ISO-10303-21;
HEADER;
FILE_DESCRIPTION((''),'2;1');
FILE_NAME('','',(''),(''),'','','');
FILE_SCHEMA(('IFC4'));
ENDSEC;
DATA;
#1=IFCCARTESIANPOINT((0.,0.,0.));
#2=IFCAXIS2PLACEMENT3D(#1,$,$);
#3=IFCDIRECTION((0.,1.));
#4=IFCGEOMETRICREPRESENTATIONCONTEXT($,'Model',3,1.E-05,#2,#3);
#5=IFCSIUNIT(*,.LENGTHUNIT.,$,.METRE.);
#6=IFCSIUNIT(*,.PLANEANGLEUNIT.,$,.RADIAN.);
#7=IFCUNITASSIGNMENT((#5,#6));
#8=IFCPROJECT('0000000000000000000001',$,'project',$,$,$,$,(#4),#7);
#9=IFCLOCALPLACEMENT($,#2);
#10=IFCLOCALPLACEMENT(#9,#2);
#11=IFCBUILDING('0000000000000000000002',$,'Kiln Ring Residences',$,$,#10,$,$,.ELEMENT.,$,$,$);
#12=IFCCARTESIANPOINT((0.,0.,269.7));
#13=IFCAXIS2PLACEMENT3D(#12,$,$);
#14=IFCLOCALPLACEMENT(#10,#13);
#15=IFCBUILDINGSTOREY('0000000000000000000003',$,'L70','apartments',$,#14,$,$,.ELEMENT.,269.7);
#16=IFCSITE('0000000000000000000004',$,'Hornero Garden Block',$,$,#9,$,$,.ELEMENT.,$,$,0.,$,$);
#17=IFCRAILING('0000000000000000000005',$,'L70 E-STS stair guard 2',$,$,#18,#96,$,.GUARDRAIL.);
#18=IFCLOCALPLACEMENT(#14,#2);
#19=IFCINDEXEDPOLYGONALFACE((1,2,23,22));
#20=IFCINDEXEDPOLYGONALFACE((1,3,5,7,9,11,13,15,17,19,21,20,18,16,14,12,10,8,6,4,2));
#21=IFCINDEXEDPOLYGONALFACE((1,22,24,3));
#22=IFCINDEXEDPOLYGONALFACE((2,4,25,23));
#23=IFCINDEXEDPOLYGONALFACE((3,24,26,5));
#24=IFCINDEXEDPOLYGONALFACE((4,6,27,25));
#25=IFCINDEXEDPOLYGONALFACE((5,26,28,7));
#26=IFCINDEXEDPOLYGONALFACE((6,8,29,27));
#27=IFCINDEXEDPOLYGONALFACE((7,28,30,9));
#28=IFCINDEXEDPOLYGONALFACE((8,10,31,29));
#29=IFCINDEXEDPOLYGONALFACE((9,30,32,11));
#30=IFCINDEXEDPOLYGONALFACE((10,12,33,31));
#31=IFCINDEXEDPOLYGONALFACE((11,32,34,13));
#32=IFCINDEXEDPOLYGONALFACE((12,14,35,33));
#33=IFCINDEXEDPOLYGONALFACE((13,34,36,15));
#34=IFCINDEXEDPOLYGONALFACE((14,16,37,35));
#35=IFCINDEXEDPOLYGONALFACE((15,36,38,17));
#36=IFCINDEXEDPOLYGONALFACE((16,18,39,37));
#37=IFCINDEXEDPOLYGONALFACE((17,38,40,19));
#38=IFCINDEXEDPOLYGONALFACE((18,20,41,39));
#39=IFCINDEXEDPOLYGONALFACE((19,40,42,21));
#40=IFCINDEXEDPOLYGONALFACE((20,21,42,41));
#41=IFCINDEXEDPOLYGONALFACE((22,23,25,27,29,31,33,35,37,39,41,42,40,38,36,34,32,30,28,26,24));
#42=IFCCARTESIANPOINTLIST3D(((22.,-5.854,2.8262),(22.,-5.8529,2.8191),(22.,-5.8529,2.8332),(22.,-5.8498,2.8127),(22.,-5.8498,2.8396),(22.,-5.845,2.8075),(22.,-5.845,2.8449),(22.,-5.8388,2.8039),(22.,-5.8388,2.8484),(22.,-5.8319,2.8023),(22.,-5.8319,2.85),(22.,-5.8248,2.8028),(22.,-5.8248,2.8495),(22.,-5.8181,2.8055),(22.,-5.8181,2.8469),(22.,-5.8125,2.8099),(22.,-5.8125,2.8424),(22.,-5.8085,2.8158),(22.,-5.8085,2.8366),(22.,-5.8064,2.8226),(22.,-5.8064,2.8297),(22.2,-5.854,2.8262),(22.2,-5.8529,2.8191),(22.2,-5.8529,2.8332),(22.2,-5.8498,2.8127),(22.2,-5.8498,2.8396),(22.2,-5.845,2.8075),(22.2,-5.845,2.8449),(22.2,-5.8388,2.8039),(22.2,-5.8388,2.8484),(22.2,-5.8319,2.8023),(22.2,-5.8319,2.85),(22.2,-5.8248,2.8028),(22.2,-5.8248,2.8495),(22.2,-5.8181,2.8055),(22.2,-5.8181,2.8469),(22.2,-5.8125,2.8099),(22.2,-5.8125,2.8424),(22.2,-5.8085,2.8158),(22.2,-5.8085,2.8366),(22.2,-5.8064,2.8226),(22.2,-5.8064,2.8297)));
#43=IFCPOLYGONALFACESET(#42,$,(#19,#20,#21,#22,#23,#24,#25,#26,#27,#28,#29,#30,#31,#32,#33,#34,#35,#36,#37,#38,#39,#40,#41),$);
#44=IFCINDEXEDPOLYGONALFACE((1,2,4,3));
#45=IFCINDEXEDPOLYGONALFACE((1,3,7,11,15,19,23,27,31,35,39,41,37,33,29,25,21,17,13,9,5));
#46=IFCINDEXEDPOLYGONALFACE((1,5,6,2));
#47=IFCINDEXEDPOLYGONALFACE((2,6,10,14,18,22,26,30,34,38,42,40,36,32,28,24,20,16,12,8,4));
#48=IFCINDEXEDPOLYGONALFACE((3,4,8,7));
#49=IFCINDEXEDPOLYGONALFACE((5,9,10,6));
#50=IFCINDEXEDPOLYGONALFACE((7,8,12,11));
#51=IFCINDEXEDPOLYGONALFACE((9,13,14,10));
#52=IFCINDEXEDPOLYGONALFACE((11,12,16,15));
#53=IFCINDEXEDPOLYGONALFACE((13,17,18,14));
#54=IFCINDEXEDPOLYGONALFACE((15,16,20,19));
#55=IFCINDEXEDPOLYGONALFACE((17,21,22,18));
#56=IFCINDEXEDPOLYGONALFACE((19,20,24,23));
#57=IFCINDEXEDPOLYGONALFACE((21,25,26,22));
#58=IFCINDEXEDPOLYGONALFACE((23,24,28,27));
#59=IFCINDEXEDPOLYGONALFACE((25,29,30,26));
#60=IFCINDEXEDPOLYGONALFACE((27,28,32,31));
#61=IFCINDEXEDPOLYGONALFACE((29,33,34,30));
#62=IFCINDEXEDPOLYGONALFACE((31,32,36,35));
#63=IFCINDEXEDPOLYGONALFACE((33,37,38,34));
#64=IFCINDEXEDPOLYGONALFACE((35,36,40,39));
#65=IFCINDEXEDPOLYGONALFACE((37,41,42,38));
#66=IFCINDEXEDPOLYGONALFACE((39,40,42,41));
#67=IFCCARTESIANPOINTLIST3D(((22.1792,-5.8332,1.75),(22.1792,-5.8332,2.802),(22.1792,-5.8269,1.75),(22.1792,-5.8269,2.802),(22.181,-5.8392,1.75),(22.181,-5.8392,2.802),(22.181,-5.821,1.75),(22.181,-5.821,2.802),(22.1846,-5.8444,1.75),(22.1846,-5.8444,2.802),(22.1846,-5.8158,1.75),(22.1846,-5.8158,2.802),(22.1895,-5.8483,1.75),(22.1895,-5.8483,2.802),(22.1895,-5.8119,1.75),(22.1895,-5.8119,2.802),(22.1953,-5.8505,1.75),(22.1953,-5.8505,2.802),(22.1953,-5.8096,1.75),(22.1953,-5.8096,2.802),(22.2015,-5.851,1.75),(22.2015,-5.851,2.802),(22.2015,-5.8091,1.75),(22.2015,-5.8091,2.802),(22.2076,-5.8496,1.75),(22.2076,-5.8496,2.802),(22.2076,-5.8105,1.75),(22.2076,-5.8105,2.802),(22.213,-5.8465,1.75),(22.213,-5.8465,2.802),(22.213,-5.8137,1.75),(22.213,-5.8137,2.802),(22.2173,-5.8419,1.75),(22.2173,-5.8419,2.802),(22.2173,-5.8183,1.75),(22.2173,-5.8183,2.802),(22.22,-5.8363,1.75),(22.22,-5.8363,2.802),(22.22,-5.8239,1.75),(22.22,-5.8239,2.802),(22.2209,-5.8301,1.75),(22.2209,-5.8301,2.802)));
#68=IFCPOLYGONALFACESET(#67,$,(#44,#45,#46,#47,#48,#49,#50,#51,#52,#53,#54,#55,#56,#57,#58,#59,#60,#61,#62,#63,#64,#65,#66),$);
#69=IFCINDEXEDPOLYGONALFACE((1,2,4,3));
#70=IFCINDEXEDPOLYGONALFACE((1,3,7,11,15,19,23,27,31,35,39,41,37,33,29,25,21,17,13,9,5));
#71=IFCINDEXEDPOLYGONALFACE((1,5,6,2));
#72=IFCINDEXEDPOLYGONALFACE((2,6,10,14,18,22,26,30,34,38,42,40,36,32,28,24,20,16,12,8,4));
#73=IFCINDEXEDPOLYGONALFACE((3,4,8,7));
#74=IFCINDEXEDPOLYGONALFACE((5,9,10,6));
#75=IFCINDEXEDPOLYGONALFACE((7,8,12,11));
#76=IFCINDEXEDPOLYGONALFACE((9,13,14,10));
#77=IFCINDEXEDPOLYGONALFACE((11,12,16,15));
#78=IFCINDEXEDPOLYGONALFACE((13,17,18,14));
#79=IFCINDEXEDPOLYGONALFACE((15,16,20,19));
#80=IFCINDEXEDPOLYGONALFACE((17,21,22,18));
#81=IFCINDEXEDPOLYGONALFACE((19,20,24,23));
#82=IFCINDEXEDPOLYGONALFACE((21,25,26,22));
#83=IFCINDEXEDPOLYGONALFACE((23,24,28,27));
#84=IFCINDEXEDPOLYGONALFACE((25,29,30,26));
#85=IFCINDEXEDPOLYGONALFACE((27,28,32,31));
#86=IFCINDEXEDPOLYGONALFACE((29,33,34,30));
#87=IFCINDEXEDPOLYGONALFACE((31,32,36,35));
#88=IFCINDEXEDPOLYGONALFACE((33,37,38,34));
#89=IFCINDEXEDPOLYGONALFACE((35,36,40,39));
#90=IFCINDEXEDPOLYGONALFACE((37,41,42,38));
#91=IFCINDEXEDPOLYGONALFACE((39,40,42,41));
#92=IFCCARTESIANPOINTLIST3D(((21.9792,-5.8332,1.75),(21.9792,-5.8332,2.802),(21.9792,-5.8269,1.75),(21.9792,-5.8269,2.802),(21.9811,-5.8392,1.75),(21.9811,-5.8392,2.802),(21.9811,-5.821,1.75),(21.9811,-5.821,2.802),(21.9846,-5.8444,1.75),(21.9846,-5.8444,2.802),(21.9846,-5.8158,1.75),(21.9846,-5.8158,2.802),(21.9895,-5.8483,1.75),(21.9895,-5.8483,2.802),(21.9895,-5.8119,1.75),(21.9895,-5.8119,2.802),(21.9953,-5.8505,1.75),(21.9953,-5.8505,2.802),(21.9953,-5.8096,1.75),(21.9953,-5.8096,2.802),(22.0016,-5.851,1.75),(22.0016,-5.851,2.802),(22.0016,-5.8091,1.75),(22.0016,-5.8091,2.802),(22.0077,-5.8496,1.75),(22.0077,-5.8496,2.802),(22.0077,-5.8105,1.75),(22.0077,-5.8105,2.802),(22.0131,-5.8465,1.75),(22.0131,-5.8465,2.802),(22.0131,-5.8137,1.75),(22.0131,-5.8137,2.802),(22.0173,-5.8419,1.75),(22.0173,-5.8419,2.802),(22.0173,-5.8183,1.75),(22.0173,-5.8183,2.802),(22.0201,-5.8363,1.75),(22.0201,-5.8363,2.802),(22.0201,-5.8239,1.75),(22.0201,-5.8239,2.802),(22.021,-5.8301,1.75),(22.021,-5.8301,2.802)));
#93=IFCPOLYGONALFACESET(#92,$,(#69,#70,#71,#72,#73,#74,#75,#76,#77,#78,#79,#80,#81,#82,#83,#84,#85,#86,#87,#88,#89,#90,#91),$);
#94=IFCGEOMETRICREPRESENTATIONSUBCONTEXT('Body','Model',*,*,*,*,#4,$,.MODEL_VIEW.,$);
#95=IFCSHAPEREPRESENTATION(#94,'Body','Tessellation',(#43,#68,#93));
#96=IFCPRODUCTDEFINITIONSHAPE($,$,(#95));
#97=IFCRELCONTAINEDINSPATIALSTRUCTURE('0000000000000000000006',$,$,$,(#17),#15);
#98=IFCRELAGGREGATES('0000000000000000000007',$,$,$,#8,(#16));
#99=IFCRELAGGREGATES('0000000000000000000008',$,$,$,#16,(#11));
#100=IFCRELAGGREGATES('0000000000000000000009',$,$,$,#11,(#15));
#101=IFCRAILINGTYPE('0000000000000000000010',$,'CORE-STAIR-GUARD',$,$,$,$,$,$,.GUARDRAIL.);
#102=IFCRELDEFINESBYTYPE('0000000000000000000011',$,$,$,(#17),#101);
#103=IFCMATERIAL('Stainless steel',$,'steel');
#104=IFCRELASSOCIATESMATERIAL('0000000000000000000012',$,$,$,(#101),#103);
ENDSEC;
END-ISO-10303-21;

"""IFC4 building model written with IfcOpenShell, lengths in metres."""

from ifc_helpers import new_model, si_unit, direction, frame, origin, origin_2d, place, context, subcontext, project, spatial, circle, extrude, material, type_object, element, save


model = new_model("IFC4")

# Units and contexts
model_context = context("Model", 3, precision=1e-05, world=origin(), true_north=direction((0.0, 1.0)))
body_context = subcontext(model_context, "Body", "Model", "MODEL_VIEW")
ifc_project = project(units=[si_unit("LENGTHUNIT", "METRE"), si_unit("PLANEANGLEUNIT", "RADIAN")], contexts=[model_context])

# Site, building, storey
site_placement = place(None, origin())
site = spatial("IfcSite", under=ifc_project, at=site_placement, Name="Hornero Garden Block", CompositionType="ELEMENT", RefElevation=0.0)
building_placement = place(site_placement, origin())
building = spatial("IfcBuilding", under=site, at=building_placement, Name="Kiln Ring Residences", CompositionType="ELEMENT")
storey_placement = place(building_placement, frame((0.0, 0.0, 269.7)))
storey = spatial("IfcBuildingStorey", under=building, at=storey_placement, Name="L70", Description="apartments", CompositionType="ELEMENT", Elevation=269.7)

# Railing
ifc_material_1 = material(Name="Stainless steel", Category="steel")
railing_type_1 = type_object("IfcRailingType", Name="CORE-STAIR-GUARD", PredefinedType="GUARDRAIL", material=ifc_material_1)
railing_1_placement = place(storey_placement, frame((22.2, -5.8301, 1.75)))
element("IfcRailing", 1, at=railing_1_placement, inside=storey, type_object=railing_type_1, Name="L70 E-STS stair guard 2", PredefinedType="GUARDRAIL", context=body_context, shape_type="SweptSolid", body=[
    extrude(circle(Radius=0.0239, at=origin_2d()), frame((0.0, 0.0, 1.0762), z_axis=(-1.0, 0.0, 0.0), x_axis=(0.0, -1.0, 0.0)), (0.0, 0.0, 1.0), 0.2),
    extrude(circle(Radius=0.021, at=origin_2d()), origin(), (0.0, 0.0, 1.0), 1.052),
    extrude(circle(Radius=0.021, at=origin_2d()), frame((-0.2, 0.0, 0.0)), (0.0, 0.0, 1.0), 1.052),
])

save(model, "model.ifc")
